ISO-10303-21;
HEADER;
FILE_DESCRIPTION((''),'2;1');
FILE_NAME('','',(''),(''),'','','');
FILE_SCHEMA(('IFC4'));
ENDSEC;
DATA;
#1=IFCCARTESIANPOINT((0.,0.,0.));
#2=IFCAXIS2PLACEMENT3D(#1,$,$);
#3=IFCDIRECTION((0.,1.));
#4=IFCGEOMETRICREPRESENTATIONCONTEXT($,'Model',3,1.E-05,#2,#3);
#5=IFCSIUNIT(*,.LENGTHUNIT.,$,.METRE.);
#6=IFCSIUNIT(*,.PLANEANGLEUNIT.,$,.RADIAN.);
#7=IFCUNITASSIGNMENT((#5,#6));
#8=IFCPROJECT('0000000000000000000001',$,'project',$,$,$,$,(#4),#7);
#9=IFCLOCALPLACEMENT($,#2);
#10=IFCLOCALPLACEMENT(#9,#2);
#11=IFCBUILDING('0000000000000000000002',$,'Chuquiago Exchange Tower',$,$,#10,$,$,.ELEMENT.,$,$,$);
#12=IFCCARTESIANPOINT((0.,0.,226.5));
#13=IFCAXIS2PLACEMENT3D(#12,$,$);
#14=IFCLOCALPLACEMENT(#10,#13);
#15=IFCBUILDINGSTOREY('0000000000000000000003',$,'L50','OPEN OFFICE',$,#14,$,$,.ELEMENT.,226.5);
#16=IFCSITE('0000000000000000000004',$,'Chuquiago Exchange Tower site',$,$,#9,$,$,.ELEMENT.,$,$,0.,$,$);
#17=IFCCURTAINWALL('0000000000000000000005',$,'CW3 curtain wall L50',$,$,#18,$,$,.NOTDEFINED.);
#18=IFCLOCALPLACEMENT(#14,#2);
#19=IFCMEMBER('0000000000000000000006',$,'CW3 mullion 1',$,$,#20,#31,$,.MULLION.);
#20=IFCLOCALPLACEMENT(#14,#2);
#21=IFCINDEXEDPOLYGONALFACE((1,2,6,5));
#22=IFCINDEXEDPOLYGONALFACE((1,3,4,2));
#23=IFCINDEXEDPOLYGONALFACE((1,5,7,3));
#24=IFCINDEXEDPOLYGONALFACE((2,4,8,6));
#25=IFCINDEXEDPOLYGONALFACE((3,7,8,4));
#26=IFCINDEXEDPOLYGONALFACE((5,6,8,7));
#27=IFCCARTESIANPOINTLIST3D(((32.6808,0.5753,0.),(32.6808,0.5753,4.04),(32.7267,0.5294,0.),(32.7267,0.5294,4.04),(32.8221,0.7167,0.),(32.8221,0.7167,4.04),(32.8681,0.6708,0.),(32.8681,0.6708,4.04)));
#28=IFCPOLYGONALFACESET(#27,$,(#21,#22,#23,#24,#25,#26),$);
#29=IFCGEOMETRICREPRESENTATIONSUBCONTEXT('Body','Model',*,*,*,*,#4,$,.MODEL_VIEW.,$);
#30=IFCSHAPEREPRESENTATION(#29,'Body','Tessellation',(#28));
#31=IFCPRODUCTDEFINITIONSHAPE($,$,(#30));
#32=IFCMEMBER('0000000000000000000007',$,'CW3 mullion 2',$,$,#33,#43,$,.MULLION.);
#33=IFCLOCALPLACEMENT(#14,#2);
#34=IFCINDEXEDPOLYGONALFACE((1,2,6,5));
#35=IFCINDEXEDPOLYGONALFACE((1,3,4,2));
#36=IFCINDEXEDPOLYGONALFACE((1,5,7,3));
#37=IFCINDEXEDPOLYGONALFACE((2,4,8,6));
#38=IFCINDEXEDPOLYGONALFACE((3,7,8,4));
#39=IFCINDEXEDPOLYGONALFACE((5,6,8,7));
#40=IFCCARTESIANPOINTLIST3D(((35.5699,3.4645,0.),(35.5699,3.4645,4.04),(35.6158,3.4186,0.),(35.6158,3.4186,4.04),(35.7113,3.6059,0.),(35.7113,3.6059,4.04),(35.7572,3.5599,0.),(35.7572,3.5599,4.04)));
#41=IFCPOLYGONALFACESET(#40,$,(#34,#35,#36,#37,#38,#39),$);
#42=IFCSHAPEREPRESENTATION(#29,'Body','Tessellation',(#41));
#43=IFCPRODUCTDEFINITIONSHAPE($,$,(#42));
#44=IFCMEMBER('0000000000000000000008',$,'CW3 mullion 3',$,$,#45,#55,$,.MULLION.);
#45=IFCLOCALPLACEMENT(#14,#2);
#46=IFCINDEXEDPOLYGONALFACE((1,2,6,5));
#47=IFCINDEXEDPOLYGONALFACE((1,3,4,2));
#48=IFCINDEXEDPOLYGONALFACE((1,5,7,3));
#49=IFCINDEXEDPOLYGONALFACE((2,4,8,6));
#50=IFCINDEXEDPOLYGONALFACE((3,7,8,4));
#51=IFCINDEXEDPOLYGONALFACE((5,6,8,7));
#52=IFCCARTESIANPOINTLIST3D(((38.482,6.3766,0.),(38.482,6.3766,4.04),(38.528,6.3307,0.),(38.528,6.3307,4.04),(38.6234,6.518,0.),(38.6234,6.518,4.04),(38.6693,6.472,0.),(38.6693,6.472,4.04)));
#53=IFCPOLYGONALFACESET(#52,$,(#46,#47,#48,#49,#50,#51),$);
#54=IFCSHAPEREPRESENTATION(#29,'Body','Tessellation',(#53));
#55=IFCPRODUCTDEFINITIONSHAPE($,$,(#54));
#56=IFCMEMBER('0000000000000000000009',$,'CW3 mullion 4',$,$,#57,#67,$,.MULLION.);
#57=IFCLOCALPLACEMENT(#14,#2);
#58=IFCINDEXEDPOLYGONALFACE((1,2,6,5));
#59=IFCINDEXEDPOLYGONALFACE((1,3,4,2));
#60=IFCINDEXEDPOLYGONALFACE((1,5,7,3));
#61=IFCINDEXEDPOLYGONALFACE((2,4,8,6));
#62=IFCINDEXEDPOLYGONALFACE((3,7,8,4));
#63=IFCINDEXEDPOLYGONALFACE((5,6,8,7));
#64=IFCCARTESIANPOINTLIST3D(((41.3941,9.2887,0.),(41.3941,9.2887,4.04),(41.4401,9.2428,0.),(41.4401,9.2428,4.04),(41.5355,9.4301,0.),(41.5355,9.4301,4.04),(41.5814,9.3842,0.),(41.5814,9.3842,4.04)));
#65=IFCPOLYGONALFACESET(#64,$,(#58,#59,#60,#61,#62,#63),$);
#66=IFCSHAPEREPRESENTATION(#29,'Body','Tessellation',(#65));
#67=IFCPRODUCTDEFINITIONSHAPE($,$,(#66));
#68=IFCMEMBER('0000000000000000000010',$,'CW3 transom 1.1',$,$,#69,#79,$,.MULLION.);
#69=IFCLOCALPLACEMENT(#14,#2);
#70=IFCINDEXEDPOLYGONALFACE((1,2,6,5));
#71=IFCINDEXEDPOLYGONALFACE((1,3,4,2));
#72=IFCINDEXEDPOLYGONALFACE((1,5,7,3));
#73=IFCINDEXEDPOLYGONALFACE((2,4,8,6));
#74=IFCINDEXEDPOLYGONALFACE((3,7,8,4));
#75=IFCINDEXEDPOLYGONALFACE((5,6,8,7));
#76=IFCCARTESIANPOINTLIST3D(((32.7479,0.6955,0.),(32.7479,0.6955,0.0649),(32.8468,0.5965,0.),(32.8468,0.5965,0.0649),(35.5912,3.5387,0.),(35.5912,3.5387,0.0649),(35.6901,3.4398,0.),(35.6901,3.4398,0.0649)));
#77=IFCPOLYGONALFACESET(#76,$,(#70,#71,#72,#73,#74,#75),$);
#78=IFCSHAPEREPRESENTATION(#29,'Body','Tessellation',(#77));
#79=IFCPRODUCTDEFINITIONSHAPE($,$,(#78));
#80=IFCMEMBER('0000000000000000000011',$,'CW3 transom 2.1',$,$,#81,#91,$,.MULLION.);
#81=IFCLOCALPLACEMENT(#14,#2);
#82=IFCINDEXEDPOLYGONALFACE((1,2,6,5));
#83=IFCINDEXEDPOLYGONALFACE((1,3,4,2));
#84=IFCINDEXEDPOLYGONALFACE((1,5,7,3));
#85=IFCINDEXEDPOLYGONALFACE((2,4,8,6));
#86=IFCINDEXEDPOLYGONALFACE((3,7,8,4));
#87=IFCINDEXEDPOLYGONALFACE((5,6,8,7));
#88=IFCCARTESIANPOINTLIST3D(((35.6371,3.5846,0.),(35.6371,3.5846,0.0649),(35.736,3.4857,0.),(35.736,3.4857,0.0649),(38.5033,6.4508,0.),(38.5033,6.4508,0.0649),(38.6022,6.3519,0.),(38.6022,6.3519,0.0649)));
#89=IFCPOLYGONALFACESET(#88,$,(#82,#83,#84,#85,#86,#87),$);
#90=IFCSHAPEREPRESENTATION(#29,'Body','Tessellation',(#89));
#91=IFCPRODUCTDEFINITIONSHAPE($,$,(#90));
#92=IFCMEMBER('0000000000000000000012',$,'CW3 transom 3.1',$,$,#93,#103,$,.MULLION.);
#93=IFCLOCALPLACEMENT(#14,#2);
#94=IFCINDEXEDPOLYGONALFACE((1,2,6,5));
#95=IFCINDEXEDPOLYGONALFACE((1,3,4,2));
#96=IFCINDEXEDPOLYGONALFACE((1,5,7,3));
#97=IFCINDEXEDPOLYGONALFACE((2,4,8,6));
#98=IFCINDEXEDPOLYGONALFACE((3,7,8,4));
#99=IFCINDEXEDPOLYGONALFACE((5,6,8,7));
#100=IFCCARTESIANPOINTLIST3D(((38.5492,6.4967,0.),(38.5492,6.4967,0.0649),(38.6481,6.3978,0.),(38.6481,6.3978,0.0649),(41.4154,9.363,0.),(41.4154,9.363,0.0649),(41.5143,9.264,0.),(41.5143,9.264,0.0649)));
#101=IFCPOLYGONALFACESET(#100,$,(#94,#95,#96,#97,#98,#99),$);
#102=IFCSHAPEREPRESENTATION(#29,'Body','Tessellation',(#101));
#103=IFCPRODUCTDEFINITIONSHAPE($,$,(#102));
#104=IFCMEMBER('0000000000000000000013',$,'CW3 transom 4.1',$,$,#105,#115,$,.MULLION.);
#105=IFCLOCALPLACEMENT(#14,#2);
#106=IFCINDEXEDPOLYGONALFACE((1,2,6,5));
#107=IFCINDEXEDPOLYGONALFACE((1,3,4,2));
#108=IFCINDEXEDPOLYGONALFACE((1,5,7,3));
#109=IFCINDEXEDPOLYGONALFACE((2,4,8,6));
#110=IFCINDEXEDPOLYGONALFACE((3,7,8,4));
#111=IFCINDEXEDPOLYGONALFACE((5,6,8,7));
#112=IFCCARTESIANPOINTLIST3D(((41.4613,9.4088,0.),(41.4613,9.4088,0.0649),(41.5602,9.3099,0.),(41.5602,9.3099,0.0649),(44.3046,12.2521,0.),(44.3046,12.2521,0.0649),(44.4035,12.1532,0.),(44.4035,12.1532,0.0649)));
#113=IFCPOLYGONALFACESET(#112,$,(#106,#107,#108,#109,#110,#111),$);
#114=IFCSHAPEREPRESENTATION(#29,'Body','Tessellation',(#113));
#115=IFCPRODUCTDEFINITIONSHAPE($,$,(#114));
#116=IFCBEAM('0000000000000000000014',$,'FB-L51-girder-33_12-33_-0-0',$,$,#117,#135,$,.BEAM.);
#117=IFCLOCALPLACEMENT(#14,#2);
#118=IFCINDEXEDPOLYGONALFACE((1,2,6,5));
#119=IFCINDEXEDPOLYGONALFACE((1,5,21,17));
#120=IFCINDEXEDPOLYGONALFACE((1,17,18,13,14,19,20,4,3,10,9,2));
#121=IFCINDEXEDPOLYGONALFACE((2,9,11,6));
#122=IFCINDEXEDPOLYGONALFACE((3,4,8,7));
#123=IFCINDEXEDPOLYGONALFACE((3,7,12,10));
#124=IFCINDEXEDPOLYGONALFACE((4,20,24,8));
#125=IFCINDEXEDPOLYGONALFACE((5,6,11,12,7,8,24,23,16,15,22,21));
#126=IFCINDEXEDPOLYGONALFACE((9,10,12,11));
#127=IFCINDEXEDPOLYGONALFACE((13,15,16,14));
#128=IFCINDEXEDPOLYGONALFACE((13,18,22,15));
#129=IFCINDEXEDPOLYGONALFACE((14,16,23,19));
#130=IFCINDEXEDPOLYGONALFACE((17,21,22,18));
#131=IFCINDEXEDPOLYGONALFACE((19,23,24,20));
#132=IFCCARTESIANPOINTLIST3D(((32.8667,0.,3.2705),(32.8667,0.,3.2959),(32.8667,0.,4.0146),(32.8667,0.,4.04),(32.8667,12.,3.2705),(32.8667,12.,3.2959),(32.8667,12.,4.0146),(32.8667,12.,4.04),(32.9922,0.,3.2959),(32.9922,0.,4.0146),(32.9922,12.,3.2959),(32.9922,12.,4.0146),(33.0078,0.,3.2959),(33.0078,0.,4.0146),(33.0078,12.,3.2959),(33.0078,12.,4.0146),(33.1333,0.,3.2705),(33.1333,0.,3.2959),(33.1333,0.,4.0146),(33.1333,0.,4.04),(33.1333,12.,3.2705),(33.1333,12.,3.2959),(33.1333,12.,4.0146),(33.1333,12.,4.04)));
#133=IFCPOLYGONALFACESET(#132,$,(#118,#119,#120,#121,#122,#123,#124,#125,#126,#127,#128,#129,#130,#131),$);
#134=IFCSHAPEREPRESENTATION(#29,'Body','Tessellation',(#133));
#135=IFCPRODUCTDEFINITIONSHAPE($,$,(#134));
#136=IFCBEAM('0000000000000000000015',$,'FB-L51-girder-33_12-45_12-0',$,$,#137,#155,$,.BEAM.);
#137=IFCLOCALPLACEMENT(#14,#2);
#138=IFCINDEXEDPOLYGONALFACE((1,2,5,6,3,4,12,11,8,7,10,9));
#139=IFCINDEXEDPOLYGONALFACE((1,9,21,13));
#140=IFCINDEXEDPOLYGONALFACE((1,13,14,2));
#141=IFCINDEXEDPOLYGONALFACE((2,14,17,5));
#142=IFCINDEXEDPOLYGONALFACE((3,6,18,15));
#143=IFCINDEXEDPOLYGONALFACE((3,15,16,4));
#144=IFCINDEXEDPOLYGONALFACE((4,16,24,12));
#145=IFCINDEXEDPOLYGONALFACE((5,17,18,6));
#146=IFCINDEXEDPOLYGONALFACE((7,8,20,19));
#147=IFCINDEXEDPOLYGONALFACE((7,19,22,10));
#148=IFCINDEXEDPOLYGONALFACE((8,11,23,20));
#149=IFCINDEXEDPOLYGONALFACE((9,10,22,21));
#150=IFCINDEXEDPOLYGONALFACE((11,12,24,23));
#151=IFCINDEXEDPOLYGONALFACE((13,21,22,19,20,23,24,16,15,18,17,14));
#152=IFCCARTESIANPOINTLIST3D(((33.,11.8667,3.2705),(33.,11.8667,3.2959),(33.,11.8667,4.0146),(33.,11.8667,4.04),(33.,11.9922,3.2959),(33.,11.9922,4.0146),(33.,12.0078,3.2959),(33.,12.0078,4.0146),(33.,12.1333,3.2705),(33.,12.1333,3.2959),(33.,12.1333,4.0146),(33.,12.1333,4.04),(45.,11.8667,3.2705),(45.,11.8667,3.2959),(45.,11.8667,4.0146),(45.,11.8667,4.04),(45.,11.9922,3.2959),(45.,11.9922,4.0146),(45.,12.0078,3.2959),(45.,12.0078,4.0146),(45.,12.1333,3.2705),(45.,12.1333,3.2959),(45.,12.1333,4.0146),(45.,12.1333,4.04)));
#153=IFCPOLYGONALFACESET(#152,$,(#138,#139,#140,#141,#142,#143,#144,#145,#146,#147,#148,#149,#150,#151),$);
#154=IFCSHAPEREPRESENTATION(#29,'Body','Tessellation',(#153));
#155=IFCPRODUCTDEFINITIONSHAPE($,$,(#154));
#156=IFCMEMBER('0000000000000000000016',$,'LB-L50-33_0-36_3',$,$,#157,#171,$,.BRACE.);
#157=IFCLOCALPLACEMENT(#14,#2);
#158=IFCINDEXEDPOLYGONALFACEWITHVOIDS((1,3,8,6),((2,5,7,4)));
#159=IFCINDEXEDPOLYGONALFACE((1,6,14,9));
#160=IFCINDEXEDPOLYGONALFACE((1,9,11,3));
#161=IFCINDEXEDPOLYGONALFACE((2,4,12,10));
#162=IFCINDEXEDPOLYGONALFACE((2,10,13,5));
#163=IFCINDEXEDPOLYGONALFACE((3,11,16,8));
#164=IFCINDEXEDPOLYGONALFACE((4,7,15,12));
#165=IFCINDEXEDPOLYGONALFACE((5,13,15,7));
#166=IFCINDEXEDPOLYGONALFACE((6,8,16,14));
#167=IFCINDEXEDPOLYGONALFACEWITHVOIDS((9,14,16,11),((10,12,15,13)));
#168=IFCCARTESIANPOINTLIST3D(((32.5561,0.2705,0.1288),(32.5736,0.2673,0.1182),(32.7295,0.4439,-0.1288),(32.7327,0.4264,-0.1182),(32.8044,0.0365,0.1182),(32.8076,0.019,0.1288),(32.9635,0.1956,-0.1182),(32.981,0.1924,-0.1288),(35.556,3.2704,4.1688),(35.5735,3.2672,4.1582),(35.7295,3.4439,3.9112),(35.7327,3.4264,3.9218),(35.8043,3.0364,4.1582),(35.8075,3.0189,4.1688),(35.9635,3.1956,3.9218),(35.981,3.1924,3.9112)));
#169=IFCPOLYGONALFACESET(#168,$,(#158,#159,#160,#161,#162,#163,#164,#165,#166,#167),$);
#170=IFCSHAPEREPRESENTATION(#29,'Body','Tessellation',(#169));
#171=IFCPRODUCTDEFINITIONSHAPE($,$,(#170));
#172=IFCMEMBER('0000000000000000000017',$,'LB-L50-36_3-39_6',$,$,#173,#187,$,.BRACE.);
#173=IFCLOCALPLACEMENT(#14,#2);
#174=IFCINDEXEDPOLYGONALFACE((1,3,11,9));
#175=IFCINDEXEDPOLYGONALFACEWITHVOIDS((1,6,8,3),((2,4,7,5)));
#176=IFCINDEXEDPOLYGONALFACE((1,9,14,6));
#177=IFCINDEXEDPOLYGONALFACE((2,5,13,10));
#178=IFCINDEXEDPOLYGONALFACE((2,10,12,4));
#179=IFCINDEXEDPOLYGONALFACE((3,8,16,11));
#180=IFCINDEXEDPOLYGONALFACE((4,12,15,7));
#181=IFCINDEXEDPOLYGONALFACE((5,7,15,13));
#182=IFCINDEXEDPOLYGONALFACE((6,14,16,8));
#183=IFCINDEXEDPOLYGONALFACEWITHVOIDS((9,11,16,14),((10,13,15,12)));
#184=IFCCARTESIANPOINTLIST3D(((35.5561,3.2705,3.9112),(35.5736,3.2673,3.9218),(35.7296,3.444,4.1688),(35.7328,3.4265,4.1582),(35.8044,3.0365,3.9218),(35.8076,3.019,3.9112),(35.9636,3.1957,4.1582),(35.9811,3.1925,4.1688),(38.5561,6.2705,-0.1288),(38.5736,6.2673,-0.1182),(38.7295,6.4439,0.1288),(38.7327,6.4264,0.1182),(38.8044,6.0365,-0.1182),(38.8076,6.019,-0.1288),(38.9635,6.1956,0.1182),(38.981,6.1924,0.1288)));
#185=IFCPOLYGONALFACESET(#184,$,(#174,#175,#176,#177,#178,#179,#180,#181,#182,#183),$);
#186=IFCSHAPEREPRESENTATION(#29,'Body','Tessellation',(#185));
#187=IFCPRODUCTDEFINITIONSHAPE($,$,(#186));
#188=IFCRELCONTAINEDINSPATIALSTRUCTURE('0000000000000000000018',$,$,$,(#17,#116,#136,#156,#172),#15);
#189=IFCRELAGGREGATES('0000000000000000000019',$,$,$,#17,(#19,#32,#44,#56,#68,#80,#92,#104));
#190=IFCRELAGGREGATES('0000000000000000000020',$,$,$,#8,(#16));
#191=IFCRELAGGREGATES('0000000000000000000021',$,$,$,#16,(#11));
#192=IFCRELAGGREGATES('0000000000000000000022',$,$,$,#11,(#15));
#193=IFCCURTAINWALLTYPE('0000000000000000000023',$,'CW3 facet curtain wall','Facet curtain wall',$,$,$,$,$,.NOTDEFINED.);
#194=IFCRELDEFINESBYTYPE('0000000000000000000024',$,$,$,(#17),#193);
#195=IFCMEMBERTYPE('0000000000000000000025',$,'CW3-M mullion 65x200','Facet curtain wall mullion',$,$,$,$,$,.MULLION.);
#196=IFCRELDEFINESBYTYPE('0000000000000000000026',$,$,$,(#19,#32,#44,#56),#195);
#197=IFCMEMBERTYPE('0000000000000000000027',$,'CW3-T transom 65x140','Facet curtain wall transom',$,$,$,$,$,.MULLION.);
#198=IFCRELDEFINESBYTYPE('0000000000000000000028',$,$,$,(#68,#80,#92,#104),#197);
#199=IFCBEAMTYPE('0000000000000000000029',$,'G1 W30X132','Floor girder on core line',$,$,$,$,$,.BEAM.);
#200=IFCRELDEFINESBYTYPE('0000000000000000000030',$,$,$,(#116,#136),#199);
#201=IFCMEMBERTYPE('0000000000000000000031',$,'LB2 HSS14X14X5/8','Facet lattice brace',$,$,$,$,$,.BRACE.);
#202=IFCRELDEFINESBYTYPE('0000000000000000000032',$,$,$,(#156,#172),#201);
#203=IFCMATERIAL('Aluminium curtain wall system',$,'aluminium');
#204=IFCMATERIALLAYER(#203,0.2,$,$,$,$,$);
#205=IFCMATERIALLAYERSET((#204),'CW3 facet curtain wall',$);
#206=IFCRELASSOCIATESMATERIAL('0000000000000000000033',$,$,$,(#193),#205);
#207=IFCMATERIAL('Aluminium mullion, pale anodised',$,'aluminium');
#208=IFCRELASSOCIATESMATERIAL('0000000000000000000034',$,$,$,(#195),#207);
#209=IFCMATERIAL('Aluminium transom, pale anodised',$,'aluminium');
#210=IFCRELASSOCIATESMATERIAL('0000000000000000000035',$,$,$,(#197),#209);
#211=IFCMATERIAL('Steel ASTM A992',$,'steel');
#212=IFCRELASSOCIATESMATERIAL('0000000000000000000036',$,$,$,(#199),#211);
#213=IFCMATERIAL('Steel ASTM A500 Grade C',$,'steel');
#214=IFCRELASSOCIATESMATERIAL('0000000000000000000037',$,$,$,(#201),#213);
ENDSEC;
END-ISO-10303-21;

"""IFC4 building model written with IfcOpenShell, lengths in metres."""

from ifc_helpers import new_model, si_unit, direction, frame, origin, origin_2d, place, context, subcontext, project, spatial, rectangle, hollow_rectangle, i_section, extrude, material, layer, layer_set, material_profile, profile_set, type_object, element, aggregate, save


model = new_model("IFC4")

# Units and contexts
model_context = context("Model", 3, precision=1e-05, world=origin(), true_north=direction((0.0, 1.0)))
body_context = subcontext(model_context, "Body", "Model", "MODEL_VIEW")
ifc_project = project(units=[si_unit("LENGTHUNIT", "METRE"), si_unit("PLANEANGLEUNIT", "RADIAN")], contexts=[model_context])

# Site, building, storey
site_placement = place(None, origin())
site = spatial("IfcSite", under=ifc_project, at=site_placement, Name="Chuquiago Exchange Tower site", CompositionType="ELEMENT", RefElevation=0.0)
building_placement = place(site_placement, origin())
building = spatial("IfcBuilding", under=site, at=building_placement, Name="Chuquiago Exchange Tower", CompositionType="ELEMENT")
storey_placement = place(building_placement, frame((0.0, 0.0, 226.5)))
storey = spatial("IfcBuildingStorey", under=building, at=storey_placement, Name="L50", Description="OPEN OFFICE", CompositionType="ELEMENT", Elevation=226.5)

# Curtain wall, members
ifc_material_1 = material(Name="Aluminium curtain wall system", Category="aluminium")
ifc_layer_1 = layer(ifc_material_1, 0.2)
ifc_layer_set_1 = layer_set([ifc_layer_1], Name="CW3 facet curtain wall")
curtain_wall_type = type_object("IfcCurtainWallType", Name="CW3 facet curtain wall", Description="Facet curtain wall", PredefinedType="NOTDEFINED", material=ifc_layer_set_1)
curtain_wall_placement = place(storey_placement, origin())
curtain_wall = element("IfcCurtainWall", 1, at=curtain_wall_placement, inside=storey, type_object=curtain_wall_type, Name="CW3 curtain wall L50", PredefinedType="NOTDEFINED")
ifc_material_2 = material(Name="Aluminium mullion, pale anodised", Category="aluminium")
ifc_material_profile_1 = material_profile(ifc_material_2, rectangle(XDim=0.0649, YDim=0.2, at=origin_2d()), Name="AL 65x200")
ifc_profile_set_1 = profile_set([ifc_material_profile_1], Name="Aluminium mullion, pale anodised")
member_type_1 = type_object("IfcMemberType", Name="CW3-M mullion 65x200", Description="Facet curtain wall mullion", PredefinedType="MULLION", material=ifc_profile_set_1)
member_1_placement = place(storey_placement, frame((32.7744, 0.623, 0.0), z_axis=(0.0, 0.0, 1.0), x_axis=(-0.707107, 0.707107, 0.0)))
member_1 = element("IfcMember", 2, at=member_1_placement, type_object=member_type_1, Name="CW3 mullion 1", PredefinedType="MULLION", context=body_context, shape_type="SweptSolid", body=[
    extrude(rectangle(XDim=0.0649, YDim=0.2, at=origin_2d()), origin(), (0.0, 0.0, 1.0), 4.04),
])
member_2_placement = place(storey_placement, frame((35.6636, 3.5122, 0.0), z_axis=(0.0, 0.0, 1.0), x_axis=(-0.707107, 0.707107, 0.0)))
member_2 = element("IfcMember", 3, at=member_2_placement, type_object=member_type_1, Name="CW3 mullion 2", PredefinedType="MULLION", context=body_context, shape_type="SweptSolid", body=[
    extrude(rectangle(XDim=0.0649, YDim=0.2, at=origin_2d()), origin(), (0.0, 0.0, 1.0), 4.04),
])
member_3_placement = place(storey_placement, frame((38.5757, 6.4243, 0.0), z_axis=(0.0, 0.0, 1.0), x_axis=(-0.707107, 0.707107, 0.0)))
member_3 = element("IfcMember", 4, at=member_3_placement, type_object=member_type_1, Name="CW3 mullion 3", PredefinedType="MULLION", context=body_context, shape_type="SweptSolid", body=[
    extrude(rectangle(XDim=0.0649, YDim=0.2, at=origin_2d()), origin(), (0.0, 0.0, 1.0), 4.04),
])
member_4_placement = place(storey_placement, frame((41.4878, 9.3364, 0.0), z_axis=(0.0, 0.0, 1.0), x_axis=(-0.707107, 0.707107, 0.0)))
member_4 = element("IfcMember", 5, at=member_4_placement, type_object=member_type_1, Name="CW3 mullion 4", PredefinedType="MULLION", context=body_context, shape_type="SweptSolid", body=[
    extrude(rectangle(XDim=0.0649, YDim=0.2, at=origin_2d()), origin(), (0.0, 0.0, 1.0), 4.04),
])
ifc_material_3 = material(Name="Aluminium transom, pale anodised", Category="aluminium")
ifc_material_profile_2 = material_profile(ifc_material_3, rectangle(XDim=0.1399, YDim=0.0649, at=origin_2d()), Name="AL 140x65")
ifc_profile_set_2 = profile_set([ifc_material_profile_2], Name="Aluminium transom, pale anodised")
member_type_2 = type_object("IfcMemberType", Name="CW3-T transom 65x140", Description="Facet curtain wall transom", PredefinedType="MULLION", material=ifc_profile_set_2)
member_5_placement = place(storey_placement, frame((32.7974, 0.646, 0.0325), z_axis=(0.707107, 0.707107, 0.0), x_axis=(-0.707107, 0.707107, 0.0)))
member_5 = element("IfcMember", 6, at=member_5_placement, type_object=member_type_2, Name="CW3 transom 1.1", PredefinedType="MULLION", context=body_context, shape_type="SweptSolid", body=[
    extrude(rectangle(XDim=0.1399, YDim=0.0649, at=origin_2d()), origin(), (0.0, 0.0, 1.0), 4.021),
])
member_6_placement = place(storey_placement, frame((35.6865, 3.5352, 0.0325), z_axis=(0.707107, 0.707107, 0.0), x_axis=(-0.707107, 0.707107, 0.0)))
member_6 = element("IfcMember", 7, at=member_6_placement, type_object=member_type_2, Name="CW3 transom 2.1", PredefinedType="MULLION", context=body_context, shape_type="SweptSolid", body=[
    extrude(rectangle(XDim=0.1399, YDim=0.0649, at=origin_2d()), origin(), (0.0, 0.0, 1.0), 4.0535),
])
member_7_placement = place(storey_placement, frame((38.5986, 6.4473, 0.0325), z_axis=(0.707107, 0.707107, 0.0), x_axis=(-0.707107, 0.707107, 0.0)))
member_7 = element("IfcMember", 8, at=member_7_placement, type_object=member_type_2, Name="CW3 transom 3.1", PredefinedType="MULLION", context=body_context, shape_type="SweptSolid", body=[
    extrude(rectangle(XDim=0.1399, YDim=0.0649, at=origin_2d()), origin(), (0.0, 0.0, 1.0), 4.0535),
])
member_8_placement = place(storey_placement, frame((41.5107, 9.3594, 0.0325), z_axis=(0.707107, 0.707107, 0.0), x_axis=(-0.707107, 0.707107, 0.0)))
member_8 = element("IfcMember", 9, at=member_8_placement, type_object=member_type_2, Name="CW3 transom 4.1", PredefinedType="MULLION", context=body_context, shape_type="SweptSolid", body=[
    extrude(rectangle(XDim=0.1399, YDim=0.0649, at=origin_2d()), origin(), (0.0, 0.0, 1.0), 4.021),
])

# Beams
ifc_material_4 = material(Name="Steel ASTM A992", Category="steel")
ifc_material_profile_3 = material_profile(ifc_material_4, i_section(OverallWidth=0.2666, OverallDepth=0.7695, WebThickness=0.0156, FlangeThickness=0.0254, at=origin_2d()), Name="W30X132")
ifc_profile_set_3 = profile_set([ifc_material_profile_3], Name="Steel ASTM A992")
beam_type_1 = type_object("IfcBeamType", Name="G1 W30X132", Description="Floor girder on core line", PredefinedType="BEAM", material=ifc_profile_set_3)
for number, where, z_axis, x_axis, name in (
    (10, (33.0, 12.0, 3.6553), (0.0, -1.0, 0.0), (1.0, 0.0, 0.0), "FB-L51-girder-33_12-33_-0-0"),
    (11, (33.0, 12.0, 3.6553), (1.0, 0.0, 0.0), (0.0, 1.0, 0.0), "FB-L51-girder-33_12-45_12-0"),
):
    element("IfcBeam", number, at=place(storey_placement, frame(where, z_axis=z_axis, x_axis=x_axis)), inside=storey, type_object=beam_type_1, Name=name, PredefinedType="BEAM", context=body_context, shape_type="SweptSolid", body=[
        extrude(i_section(OverallWidth=0.2666, OverallDepth=0.7695, WebThickness=0.0156, FlangeThickness=0.0254, at=origin_2d()), origin(), (0.0, 0.0, 1.0), 12.0),
    ])

# Members
ifc_material_5 = material(Name="Steel ASTM A500 Grade C", Category="steel")
ifc_material_profile_4 = material_profile(ifc_material_5, hollow_rectangle(XDim=0.3557, YDim=0.3557, WallThickness=0.0146, at=origin_2d()), Name="HSS14X14X5/8")
ifc_profile_set_4 = profile_set([ifc_material_profile_4], Name="Steel ASTM A500 Grade C")
member_type_3 = type_object("IfcMemberType", Name="LB2 HSS14X14X5/8", Description="Facet lattice brace", PredefinedType="BRACE", material=ifc_profile_set_4)
for number, where, z_axis, x_axis, name in (
    (12, (32.7686, 0.2314, 0.0), (0.512077, 0.512077, 0.689604), (-0.707107, 0.707107, 0.0), "LB-L50-33_0-36_3"),
    (13, (38.7686, 6.2314, 0.0), (-0.512077, -0.512077, 0.689604), (0.707107, -0.707107, 0.0), "LB-L50-36_3-39_6"),
):
    element("IfcMember", number, at=place(storey_placement, frame(where, z_axis=z_axis, x_axis=x_axis)), inside=storey, type_object=member_type_3, Name=name, PredefinedType="BRACE", context=body_context, shape_type="SweptSolid", body=[
        extrude(hollow_rectangle(XDim=0.3557, YDim=0.3557, WallThickness=0.0146, at=origin_2d()), origin(), (0.0, 0.0, 1.0), 5.8584),
    ])

aggregate(curtain_wall, [member_1, member_2, member_3, member_4, member_5, member_6, member_7, member_8])

save(model, "model.ifc")
